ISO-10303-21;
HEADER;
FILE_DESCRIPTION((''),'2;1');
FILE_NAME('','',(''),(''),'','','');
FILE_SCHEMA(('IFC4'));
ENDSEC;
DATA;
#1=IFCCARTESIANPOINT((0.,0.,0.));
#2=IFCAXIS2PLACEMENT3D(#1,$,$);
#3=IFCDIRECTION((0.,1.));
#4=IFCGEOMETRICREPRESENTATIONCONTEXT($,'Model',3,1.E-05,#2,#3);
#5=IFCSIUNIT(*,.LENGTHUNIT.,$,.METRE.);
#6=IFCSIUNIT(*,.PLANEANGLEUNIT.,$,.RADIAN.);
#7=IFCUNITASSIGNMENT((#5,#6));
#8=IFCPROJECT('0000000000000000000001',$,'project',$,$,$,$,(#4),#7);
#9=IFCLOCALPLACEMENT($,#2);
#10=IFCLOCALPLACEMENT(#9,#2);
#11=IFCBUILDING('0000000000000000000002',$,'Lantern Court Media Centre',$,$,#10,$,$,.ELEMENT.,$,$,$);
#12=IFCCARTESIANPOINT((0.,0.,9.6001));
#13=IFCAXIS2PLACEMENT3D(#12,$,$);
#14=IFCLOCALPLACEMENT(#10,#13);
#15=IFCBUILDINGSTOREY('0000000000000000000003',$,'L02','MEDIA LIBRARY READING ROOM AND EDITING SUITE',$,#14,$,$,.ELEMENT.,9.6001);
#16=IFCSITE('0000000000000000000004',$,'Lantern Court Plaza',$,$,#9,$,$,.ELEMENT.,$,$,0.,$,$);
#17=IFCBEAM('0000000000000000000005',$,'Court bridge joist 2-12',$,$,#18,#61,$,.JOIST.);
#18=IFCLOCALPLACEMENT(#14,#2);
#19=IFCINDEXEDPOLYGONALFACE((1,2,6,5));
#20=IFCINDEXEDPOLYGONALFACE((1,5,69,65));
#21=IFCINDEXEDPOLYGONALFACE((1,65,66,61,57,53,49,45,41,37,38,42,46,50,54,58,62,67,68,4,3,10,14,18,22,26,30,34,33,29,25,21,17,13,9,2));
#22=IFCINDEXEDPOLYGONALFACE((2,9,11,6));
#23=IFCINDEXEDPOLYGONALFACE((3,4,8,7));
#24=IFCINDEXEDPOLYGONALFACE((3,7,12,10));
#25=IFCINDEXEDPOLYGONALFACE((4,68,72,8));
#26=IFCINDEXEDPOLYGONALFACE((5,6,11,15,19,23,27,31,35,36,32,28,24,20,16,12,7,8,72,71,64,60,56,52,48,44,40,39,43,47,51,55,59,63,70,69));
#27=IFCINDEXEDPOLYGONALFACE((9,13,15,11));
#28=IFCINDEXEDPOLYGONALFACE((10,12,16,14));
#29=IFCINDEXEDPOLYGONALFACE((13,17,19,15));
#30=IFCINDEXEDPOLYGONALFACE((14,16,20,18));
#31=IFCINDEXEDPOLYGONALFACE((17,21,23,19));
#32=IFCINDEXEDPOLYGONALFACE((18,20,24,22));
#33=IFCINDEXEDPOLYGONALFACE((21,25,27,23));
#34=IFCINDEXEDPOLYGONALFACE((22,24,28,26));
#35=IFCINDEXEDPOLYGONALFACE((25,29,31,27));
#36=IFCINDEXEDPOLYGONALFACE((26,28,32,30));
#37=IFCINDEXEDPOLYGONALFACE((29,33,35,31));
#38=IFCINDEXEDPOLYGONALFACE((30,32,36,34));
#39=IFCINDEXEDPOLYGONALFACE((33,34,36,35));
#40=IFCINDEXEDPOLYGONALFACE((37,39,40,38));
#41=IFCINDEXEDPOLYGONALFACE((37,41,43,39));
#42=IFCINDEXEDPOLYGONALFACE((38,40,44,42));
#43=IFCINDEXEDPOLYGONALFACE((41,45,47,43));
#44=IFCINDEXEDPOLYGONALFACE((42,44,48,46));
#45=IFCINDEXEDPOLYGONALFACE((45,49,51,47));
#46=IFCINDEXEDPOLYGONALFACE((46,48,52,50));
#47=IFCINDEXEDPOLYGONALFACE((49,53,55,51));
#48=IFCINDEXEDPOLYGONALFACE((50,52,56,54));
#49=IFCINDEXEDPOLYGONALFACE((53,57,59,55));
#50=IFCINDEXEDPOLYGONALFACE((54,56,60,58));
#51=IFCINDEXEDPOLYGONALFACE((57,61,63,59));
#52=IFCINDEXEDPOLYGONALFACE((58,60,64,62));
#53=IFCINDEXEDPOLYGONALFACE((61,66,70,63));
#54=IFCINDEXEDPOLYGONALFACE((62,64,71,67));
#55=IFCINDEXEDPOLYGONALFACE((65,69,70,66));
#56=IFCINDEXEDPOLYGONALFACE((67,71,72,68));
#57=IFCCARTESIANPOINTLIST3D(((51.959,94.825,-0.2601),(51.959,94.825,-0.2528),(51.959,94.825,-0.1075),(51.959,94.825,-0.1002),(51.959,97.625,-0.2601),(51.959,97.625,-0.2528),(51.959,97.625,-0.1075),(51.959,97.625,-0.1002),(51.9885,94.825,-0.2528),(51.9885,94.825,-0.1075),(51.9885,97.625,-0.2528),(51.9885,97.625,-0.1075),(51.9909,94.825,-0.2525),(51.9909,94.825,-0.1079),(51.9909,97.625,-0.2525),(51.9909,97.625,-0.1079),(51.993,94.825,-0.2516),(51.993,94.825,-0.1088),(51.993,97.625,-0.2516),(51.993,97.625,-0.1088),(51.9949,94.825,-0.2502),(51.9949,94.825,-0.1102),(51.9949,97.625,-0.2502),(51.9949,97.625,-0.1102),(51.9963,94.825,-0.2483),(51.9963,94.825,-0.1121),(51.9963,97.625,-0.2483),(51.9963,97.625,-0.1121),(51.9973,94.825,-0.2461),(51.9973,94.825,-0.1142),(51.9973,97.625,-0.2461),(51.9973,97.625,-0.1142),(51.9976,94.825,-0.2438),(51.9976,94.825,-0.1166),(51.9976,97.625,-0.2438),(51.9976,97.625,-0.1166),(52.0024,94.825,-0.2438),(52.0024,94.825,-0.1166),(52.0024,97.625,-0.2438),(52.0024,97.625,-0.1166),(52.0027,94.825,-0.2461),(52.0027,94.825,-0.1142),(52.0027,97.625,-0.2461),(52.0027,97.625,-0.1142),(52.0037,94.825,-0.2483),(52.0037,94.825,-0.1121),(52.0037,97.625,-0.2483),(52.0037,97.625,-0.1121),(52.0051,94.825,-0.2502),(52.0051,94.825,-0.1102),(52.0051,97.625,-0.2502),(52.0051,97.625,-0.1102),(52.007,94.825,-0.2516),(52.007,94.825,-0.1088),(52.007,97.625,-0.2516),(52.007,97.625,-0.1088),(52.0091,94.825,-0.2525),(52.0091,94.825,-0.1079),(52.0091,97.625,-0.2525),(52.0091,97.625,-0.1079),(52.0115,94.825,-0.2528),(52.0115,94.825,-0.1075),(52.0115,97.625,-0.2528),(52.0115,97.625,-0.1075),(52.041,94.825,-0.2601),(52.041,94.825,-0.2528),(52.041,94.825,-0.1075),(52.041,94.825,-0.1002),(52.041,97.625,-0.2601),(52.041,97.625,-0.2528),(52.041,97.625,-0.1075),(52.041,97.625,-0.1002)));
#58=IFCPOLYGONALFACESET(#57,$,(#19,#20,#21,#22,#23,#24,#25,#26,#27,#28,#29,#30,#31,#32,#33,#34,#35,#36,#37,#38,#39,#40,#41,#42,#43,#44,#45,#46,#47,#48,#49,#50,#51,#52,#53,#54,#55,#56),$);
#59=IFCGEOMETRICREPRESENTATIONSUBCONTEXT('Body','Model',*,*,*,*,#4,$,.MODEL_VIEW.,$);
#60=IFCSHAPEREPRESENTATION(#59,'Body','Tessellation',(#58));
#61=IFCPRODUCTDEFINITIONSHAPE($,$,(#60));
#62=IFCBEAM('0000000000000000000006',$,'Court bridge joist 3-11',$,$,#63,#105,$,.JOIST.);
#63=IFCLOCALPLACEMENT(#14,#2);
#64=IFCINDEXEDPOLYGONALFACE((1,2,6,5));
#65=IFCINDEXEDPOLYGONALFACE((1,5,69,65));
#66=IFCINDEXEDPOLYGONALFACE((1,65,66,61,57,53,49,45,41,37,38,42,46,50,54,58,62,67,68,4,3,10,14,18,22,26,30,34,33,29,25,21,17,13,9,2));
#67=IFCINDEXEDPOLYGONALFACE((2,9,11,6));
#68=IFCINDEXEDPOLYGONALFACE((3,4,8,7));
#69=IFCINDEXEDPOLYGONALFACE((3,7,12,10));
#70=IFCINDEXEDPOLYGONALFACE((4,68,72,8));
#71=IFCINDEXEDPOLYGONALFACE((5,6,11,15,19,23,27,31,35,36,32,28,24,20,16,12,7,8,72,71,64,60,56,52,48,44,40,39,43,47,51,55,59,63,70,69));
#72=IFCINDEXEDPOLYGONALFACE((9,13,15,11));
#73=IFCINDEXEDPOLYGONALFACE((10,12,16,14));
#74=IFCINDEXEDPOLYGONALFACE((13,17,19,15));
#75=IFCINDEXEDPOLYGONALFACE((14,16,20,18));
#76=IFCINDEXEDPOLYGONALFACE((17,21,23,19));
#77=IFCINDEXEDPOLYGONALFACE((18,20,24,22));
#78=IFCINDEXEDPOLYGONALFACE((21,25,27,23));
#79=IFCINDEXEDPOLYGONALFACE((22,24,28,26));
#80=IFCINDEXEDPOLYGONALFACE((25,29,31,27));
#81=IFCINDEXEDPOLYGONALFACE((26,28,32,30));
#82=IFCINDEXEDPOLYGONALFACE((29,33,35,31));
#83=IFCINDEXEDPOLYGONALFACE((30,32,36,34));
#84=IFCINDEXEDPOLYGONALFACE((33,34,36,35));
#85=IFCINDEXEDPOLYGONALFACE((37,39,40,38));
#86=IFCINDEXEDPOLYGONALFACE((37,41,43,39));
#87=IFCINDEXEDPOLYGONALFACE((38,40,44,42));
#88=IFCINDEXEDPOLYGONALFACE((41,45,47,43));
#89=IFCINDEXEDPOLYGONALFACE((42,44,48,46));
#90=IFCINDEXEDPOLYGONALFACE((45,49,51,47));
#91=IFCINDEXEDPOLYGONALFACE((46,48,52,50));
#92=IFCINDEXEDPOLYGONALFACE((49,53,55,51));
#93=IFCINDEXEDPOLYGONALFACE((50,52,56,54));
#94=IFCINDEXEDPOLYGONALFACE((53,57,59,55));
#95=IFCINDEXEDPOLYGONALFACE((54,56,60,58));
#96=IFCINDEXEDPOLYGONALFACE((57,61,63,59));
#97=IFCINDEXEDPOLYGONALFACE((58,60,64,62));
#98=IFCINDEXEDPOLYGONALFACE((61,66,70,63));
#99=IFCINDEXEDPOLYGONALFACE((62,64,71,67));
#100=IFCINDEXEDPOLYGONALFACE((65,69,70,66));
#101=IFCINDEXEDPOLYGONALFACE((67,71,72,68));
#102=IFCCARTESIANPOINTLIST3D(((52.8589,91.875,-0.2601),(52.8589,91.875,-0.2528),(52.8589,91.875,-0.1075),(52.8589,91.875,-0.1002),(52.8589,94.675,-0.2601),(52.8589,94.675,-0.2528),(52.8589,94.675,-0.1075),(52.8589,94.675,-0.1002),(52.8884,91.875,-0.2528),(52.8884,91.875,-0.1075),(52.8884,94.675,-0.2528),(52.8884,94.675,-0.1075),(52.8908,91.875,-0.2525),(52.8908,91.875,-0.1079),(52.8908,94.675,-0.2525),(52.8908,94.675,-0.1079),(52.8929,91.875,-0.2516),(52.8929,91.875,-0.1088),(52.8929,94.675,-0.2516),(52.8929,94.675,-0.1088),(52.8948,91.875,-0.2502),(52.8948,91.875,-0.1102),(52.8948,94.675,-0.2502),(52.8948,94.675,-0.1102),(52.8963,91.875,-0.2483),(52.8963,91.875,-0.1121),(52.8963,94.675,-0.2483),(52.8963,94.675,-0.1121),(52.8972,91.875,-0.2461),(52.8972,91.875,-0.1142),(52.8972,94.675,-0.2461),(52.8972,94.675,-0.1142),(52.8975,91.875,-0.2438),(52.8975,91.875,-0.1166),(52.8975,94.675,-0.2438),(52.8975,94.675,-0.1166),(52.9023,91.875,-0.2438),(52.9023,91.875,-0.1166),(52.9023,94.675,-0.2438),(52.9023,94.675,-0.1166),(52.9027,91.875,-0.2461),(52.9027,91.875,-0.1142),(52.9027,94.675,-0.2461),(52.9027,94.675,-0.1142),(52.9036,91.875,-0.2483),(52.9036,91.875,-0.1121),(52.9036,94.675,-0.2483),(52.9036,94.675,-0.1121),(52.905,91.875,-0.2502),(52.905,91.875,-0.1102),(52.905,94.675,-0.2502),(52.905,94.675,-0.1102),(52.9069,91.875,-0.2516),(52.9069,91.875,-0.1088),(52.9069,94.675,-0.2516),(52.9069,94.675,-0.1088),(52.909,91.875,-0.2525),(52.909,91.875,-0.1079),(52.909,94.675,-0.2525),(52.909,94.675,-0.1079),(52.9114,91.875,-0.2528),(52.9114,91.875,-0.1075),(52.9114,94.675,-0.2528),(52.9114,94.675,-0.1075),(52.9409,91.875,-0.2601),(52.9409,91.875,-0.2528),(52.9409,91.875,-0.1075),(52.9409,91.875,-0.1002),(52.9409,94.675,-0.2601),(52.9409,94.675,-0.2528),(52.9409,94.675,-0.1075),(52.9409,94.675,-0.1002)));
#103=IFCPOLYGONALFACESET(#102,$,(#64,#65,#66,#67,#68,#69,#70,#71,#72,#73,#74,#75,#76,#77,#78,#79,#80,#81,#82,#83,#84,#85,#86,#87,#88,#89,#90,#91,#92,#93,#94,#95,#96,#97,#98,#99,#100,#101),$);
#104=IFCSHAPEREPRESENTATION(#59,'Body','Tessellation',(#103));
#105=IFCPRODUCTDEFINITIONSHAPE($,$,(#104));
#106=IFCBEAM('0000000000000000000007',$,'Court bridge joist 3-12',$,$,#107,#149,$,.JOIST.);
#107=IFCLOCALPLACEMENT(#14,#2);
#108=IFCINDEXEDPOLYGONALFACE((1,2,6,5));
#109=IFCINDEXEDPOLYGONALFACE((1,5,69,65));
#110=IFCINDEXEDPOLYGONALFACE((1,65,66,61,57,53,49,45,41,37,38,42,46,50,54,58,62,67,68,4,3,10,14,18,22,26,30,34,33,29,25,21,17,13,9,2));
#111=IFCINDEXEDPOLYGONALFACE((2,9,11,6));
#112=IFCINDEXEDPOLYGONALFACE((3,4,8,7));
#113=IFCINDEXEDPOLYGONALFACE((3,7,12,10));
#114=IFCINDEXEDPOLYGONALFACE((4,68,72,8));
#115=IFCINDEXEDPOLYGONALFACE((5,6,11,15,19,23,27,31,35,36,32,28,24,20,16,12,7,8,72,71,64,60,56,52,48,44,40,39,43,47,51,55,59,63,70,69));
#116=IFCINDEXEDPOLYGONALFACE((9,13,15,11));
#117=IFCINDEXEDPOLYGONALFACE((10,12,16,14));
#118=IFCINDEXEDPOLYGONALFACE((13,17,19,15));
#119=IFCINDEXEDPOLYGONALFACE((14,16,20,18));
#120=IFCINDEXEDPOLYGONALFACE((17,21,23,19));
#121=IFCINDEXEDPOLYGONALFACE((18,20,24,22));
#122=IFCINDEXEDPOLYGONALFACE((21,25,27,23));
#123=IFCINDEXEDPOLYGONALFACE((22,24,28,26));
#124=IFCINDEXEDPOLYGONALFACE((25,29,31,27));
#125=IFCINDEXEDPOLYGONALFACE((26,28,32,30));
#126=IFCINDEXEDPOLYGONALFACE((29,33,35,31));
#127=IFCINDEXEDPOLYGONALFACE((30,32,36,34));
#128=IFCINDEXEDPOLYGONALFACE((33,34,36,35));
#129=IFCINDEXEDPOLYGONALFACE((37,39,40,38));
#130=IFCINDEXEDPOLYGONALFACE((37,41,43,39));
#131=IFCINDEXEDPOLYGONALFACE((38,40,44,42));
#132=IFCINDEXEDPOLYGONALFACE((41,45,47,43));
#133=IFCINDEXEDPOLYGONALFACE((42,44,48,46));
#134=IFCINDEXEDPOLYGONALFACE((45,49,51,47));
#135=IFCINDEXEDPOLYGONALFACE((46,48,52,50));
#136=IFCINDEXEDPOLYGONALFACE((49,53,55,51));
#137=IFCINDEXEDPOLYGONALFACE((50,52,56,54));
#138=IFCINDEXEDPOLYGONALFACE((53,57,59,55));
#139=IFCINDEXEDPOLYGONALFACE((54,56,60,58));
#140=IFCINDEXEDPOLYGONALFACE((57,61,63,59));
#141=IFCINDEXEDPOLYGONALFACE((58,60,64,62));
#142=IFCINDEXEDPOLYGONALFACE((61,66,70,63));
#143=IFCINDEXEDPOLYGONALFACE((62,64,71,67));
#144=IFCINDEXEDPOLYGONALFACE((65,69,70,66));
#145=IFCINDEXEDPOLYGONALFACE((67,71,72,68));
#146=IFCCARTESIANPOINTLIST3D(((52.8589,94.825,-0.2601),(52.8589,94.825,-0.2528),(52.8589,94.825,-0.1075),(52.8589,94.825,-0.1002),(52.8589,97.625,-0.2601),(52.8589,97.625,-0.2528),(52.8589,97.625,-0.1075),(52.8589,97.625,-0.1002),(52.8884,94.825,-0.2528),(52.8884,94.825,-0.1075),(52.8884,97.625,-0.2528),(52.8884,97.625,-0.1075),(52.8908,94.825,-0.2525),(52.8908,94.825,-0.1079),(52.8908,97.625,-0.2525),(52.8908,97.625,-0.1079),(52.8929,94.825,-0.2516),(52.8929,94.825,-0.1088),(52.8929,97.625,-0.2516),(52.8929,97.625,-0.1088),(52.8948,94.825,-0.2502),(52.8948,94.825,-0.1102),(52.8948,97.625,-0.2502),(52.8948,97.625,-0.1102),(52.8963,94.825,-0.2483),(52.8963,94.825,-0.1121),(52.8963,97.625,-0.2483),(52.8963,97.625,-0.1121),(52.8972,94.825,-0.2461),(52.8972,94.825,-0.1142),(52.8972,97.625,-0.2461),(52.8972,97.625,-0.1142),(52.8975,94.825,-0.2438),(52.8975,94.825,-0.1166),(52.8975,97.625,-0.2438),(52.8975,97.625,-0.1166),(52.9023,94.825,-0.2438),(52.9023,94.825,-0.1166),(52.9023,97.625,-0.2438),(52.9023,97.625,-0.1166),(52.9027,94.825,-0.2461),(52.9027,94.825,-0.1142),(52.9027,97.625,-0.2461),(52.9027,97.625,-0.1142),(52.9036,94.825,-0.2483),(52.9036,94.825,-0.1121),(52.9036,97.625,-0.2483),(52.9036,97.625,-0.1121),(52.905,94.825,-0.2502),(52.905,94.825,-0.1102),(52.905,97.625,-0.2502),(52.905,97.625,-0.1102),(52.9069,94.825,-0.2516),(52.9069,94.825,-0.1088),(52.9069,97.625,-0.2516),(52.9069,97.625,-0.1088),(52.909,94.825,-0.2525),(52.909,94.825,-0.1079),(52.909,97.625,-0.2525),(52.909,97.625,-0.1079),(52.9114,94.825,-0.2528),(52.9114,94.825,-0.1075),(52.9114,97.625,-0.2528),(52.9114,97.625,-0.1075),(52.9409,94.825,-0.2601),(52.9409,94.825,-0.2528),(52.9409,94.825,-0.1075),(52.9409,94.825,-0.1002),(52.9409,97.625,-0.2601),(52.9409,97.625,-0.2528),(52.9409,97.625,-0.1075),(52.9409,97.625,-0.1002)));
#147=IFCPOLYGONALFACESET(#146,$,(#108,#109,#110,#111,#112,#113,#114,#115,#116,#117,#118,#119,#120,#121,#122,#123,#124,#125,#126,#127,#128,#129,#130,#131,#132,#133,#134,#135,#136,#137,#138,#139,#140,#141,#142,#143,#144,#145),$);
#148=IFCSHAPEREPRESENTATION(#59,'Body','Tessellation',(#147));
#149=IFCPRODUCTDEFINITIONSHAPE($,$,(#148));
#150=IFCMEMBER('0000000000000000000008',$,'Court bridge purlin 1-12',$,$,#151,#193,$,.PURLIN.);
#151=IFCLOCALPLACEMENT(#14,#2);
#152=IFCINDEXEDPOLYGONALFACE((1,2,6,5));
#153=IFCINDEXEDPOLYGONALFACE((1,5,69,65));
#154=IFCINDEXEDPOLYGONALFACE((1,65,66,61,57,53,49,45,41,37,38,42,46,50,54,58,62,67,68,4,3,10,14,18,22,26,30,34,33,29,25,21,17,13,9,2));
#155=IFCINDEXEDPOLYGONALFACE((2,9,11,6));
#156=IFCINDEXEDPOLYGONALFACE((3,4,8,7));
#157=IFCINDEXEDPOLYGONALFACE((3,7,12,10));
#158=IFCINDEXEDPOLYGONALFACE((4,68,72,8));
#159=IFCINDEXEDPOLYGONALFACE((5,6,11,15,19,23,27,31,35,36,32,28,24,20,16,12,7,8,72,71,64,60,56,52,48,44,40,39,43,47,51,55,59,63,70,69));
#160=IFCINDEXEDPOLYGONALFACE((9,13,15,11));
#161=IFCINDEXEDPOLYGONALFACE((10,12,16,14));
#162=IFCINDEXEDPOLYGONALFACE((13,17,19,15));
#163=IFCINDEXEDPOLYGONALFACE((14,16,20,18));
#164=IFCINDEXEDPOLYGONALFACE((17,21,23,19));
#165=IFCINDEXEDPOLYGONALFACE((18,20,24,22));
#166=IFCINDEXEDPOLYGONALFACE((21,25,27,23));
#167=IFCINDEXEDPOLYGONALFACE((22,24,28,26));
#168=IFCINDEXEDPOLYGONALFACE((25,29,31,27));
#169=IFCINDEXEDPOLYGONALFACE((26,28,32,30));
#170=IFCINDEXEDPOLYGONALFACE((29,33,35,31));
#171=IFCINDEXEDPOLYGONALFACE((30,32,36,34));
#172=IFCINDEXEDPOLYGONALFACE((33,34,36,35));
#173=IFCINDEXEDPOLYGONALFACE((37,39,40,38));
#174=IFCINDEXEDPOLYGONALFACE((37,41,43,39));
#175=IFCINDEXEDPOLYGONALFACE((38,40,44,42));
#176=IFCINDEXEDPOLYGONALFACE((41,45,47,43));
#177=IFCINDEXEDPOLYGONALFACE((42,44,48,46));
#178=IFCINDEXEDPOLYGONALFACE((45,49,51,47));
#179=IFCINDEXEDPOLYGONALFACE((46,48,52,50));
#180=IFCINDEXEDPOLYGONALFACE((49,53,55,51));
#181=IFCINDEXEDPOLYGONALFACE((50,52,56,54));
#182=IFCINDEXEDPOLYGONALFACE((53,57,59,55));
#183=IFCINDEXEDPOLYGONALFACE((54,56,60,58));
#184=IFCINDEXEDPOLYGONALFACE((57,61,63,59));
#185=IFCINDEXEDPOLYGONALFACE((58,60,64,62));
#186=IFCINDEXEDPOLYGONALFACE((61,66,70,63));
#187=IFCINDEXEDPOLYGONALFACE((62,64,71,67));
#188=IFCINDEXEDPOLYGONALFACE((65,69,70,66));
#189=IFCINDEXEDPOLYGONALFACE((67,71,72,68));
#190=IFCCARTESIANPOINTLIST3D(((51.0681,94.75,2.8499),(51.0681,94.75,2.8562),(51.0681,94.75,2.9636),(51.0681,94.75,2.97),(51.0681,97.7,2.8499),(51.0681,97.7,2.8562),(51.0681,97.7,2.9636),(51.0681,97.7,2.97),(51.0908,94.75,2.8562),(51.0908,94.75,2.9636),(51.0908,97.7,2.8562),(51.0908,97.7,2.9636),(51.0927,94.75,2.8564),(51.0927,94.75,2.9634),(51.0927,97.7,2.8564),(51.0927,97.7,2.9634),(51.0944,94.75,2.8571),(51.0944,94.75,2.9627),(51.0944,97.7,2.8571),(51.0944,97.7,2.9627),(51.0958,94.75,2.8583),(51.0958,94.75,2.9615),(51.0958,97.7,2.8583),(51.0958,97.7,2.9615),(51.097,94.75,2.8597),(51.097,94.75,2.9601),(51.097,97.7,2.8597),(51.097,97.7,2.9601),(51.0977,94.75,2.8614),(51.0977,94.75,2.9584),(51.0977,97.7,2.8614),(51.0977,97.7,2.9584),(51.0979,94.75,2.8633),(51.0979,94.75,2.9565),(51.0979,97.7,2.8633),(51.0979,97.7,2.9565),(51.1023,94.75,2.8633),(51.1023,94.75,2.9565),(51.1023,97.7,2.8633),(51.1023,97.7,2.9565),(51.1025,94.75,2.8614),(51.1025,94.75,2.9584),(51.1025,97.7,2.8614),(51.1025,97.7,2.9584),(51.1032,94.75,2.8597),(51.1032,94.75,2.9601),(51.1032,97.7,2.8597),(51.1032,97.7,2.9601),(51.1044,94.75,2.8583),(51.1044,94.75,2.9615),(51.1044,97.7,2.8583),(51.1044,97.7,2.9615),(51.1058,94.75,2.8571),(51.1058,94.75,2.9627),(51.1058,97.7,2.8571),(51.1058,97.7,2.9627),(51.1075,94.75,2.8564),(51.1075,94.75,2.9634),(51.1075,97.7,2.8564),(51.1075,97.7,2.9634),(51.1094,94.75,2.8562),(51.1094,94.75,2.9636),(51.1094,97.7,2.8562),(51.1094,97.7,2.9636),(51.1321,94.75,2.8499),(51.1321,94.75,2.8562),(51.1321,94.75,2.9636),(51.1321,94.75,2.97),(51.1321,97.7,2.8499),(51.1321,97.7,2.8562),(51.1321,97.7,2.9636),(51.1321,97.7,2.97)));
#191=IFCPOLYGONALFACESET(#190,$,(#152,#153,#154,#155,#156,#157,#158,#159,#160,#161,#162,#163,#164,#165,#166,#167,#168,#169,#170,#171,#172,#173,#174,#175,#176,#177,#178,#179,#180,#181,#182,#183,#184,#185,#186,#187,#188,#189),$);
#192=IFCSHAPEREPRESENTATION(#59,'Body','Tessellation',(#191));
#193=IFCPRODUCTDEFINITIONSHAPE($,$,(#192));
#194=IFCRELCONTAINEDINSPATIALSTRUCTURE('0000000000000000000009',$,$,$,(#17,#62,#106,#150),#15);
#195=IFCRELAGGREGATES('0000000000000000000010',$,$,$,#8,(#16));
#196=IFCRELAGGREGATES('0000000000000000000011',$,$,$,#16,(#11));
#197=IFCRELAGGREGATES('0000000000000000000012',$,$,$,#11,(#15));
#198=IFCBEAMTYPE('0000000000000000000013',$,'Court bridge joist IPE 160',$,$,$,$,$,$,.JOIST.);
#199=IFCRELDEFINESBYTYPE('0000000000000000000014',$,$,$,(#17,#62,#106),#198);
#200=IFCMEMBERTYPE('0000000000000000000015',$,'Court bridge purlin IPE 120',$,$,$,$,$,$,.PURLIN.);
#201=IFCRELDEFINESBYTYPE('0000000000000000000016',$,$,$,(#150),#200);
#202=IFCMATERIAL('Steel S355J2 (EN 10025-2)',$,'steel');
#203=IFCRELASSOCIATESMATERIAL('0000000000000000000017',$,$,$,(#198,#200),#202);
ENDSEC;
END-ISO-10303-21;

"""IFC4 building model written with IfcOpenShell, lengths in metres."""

from ifc_helpers import new_model, si_unit, direction, frame, origin, origin_2d, place, context, subcontext, project, spatial, i_section, extrude, material, material_profile, profile_set, type_object, element, save


model = new_model("IFC4")

# Units and contexts
model_context = context("Model", 3, precision=1e-05, world=origin(), true_north=direction((0.0, 1.0)))
body_context = subcontext(model_context, "Body", "Model", "MODEL_VIEW")
ifc_project = project(units=[si_unit("LENGTHUNIT", "METRE"), si_unit("PLANEANGLEUNIT", "RADIAN")], contexts=[model_context])

# Site, building, storey
site_placement = place(None, origin())
site = spatial("IfcSite", under=ifc_project, at=site_placement, Name="Lantern Court Plaza", CompositionType="ELEMENT", RefElevation=0.0)
building_placement = place(site_placement, origin())
building = spatial("IfcBuilding", under=site, at=building_placement, Name="Lantern Court Media Centre", CompositionType="ELEMENT")
storey_placement = place(building_placement, frame((0.0, 0.0, 9.6001)))
storey = spatial("IfcBuildingStorey", under=building, at=storey_placement, Name="L02", Description="MEDIA LIBRARY READING ROOM AND EDITING SUITE", CompositionType="ELEMENT", Elevation=9.6001)

# Beams
ifc_material_1 = material(Name="Steel S355J2 (EN 10025-2)", Category="steel")
ifc_material_profile_1 = material_profile(ifc_material_1, i_section(OverallWidth=0.082, OverallDepth=0.1599, WebThickness=0.0049, FlangeThickness=0.0073, FilletRadius=0.009, at=origin_2d()), Name="IPE 160")
ifc_profile_set_1 = profile_set([ifc_material_profile_1], Name="Steel S355J2 (EN 10025-2)")
beam_type_1 = type_object("IfcBeamType", Name="Court bridge joist IPE 160", PredefinedType="JOIST", material=ifc_profile_set_1)
for number, where, z_axis, x_axis, name in (
    (1, (52.0, 94.825, -0.1802), (0.0, 1.0, 0.0), (-1.0, 0.0, 0.0), "Court bridge joist 2-12"),
    (2, (52.8999, 91.875, -0.1802), (0.0, 1.0, 0.0), (-1.0, 0.0, 0.0), "Court bridge joist 3-11"),
    (3, (52.8999, 94.825, -0.1802), (0.0, 1.0, 0.0), (-1.0, 0.0, 0.0), "Court bridge joist 3-12"),
):
    element("IfcBeam", number, at=place(storey_placement, frame(where, z_axis=z_axis, x_axis=x_axis)), inside=storey, type_object=beam_type_1, Name=name, PredefinedType="JOIST", context=body_context, shape_type="SweptSolid", body=[
        extrude(i_section(OverallWidth=0.082, OverallDepth=0.1599, WebThickness=0.0049, FlangeThickness=0.0073, FilletRadius=0.009, at=origin_2d()), origin(), (0.0, 0.0, 1.0), 2.8),
    ])

# Member
ifc_material_profile_2 = material_profile(ifc_material_1, i_section(OverallWidth=0.064, OverallDepth=0.1201, WebThickness=0.0044, FlangeThickness=0.0063, FilletRadius=0.0071, at=origin_2d()), Name="IPE 120")
ifc_profile_set_2 = profile_set([ifc_material_profile_2], Name="Steel S355J2 (EN 10025-2)")
member_type_1 = type_object("IfcMemberType", Name="Court bridge purlin IPE 120", PredefinedType="PURLIN", material=ifc_profile_set_2)
for number, where, z_axis, x_axis, name in (
    (4, (51.1001, 94.75, 2.9099), (0.0, 1.0, 0.0), (-1.0, 0.0, 0.0), "Court bridge purlin 1-12"),
):
    element("IfcMember", number, at=place(storey_placement, frame(where, z_axis=z_axis, x_axis=x_axis)), inside=storey, type_object=member_type_1, Name=name, PredefinedType="PURLIN", context=body_context, shape_type="SweptSolid", body=[
        extrude(i_section(OverallWidth=0.064, OverallDepth=0.1201, WebThickness=0.0044, FlangeThickness=0.0063, FilletRadius=0.0071, at=origin_2d()), origin(), (0.0, 0.0, 1.0), 2.95),
    ])

save(model, "model.ifc")
